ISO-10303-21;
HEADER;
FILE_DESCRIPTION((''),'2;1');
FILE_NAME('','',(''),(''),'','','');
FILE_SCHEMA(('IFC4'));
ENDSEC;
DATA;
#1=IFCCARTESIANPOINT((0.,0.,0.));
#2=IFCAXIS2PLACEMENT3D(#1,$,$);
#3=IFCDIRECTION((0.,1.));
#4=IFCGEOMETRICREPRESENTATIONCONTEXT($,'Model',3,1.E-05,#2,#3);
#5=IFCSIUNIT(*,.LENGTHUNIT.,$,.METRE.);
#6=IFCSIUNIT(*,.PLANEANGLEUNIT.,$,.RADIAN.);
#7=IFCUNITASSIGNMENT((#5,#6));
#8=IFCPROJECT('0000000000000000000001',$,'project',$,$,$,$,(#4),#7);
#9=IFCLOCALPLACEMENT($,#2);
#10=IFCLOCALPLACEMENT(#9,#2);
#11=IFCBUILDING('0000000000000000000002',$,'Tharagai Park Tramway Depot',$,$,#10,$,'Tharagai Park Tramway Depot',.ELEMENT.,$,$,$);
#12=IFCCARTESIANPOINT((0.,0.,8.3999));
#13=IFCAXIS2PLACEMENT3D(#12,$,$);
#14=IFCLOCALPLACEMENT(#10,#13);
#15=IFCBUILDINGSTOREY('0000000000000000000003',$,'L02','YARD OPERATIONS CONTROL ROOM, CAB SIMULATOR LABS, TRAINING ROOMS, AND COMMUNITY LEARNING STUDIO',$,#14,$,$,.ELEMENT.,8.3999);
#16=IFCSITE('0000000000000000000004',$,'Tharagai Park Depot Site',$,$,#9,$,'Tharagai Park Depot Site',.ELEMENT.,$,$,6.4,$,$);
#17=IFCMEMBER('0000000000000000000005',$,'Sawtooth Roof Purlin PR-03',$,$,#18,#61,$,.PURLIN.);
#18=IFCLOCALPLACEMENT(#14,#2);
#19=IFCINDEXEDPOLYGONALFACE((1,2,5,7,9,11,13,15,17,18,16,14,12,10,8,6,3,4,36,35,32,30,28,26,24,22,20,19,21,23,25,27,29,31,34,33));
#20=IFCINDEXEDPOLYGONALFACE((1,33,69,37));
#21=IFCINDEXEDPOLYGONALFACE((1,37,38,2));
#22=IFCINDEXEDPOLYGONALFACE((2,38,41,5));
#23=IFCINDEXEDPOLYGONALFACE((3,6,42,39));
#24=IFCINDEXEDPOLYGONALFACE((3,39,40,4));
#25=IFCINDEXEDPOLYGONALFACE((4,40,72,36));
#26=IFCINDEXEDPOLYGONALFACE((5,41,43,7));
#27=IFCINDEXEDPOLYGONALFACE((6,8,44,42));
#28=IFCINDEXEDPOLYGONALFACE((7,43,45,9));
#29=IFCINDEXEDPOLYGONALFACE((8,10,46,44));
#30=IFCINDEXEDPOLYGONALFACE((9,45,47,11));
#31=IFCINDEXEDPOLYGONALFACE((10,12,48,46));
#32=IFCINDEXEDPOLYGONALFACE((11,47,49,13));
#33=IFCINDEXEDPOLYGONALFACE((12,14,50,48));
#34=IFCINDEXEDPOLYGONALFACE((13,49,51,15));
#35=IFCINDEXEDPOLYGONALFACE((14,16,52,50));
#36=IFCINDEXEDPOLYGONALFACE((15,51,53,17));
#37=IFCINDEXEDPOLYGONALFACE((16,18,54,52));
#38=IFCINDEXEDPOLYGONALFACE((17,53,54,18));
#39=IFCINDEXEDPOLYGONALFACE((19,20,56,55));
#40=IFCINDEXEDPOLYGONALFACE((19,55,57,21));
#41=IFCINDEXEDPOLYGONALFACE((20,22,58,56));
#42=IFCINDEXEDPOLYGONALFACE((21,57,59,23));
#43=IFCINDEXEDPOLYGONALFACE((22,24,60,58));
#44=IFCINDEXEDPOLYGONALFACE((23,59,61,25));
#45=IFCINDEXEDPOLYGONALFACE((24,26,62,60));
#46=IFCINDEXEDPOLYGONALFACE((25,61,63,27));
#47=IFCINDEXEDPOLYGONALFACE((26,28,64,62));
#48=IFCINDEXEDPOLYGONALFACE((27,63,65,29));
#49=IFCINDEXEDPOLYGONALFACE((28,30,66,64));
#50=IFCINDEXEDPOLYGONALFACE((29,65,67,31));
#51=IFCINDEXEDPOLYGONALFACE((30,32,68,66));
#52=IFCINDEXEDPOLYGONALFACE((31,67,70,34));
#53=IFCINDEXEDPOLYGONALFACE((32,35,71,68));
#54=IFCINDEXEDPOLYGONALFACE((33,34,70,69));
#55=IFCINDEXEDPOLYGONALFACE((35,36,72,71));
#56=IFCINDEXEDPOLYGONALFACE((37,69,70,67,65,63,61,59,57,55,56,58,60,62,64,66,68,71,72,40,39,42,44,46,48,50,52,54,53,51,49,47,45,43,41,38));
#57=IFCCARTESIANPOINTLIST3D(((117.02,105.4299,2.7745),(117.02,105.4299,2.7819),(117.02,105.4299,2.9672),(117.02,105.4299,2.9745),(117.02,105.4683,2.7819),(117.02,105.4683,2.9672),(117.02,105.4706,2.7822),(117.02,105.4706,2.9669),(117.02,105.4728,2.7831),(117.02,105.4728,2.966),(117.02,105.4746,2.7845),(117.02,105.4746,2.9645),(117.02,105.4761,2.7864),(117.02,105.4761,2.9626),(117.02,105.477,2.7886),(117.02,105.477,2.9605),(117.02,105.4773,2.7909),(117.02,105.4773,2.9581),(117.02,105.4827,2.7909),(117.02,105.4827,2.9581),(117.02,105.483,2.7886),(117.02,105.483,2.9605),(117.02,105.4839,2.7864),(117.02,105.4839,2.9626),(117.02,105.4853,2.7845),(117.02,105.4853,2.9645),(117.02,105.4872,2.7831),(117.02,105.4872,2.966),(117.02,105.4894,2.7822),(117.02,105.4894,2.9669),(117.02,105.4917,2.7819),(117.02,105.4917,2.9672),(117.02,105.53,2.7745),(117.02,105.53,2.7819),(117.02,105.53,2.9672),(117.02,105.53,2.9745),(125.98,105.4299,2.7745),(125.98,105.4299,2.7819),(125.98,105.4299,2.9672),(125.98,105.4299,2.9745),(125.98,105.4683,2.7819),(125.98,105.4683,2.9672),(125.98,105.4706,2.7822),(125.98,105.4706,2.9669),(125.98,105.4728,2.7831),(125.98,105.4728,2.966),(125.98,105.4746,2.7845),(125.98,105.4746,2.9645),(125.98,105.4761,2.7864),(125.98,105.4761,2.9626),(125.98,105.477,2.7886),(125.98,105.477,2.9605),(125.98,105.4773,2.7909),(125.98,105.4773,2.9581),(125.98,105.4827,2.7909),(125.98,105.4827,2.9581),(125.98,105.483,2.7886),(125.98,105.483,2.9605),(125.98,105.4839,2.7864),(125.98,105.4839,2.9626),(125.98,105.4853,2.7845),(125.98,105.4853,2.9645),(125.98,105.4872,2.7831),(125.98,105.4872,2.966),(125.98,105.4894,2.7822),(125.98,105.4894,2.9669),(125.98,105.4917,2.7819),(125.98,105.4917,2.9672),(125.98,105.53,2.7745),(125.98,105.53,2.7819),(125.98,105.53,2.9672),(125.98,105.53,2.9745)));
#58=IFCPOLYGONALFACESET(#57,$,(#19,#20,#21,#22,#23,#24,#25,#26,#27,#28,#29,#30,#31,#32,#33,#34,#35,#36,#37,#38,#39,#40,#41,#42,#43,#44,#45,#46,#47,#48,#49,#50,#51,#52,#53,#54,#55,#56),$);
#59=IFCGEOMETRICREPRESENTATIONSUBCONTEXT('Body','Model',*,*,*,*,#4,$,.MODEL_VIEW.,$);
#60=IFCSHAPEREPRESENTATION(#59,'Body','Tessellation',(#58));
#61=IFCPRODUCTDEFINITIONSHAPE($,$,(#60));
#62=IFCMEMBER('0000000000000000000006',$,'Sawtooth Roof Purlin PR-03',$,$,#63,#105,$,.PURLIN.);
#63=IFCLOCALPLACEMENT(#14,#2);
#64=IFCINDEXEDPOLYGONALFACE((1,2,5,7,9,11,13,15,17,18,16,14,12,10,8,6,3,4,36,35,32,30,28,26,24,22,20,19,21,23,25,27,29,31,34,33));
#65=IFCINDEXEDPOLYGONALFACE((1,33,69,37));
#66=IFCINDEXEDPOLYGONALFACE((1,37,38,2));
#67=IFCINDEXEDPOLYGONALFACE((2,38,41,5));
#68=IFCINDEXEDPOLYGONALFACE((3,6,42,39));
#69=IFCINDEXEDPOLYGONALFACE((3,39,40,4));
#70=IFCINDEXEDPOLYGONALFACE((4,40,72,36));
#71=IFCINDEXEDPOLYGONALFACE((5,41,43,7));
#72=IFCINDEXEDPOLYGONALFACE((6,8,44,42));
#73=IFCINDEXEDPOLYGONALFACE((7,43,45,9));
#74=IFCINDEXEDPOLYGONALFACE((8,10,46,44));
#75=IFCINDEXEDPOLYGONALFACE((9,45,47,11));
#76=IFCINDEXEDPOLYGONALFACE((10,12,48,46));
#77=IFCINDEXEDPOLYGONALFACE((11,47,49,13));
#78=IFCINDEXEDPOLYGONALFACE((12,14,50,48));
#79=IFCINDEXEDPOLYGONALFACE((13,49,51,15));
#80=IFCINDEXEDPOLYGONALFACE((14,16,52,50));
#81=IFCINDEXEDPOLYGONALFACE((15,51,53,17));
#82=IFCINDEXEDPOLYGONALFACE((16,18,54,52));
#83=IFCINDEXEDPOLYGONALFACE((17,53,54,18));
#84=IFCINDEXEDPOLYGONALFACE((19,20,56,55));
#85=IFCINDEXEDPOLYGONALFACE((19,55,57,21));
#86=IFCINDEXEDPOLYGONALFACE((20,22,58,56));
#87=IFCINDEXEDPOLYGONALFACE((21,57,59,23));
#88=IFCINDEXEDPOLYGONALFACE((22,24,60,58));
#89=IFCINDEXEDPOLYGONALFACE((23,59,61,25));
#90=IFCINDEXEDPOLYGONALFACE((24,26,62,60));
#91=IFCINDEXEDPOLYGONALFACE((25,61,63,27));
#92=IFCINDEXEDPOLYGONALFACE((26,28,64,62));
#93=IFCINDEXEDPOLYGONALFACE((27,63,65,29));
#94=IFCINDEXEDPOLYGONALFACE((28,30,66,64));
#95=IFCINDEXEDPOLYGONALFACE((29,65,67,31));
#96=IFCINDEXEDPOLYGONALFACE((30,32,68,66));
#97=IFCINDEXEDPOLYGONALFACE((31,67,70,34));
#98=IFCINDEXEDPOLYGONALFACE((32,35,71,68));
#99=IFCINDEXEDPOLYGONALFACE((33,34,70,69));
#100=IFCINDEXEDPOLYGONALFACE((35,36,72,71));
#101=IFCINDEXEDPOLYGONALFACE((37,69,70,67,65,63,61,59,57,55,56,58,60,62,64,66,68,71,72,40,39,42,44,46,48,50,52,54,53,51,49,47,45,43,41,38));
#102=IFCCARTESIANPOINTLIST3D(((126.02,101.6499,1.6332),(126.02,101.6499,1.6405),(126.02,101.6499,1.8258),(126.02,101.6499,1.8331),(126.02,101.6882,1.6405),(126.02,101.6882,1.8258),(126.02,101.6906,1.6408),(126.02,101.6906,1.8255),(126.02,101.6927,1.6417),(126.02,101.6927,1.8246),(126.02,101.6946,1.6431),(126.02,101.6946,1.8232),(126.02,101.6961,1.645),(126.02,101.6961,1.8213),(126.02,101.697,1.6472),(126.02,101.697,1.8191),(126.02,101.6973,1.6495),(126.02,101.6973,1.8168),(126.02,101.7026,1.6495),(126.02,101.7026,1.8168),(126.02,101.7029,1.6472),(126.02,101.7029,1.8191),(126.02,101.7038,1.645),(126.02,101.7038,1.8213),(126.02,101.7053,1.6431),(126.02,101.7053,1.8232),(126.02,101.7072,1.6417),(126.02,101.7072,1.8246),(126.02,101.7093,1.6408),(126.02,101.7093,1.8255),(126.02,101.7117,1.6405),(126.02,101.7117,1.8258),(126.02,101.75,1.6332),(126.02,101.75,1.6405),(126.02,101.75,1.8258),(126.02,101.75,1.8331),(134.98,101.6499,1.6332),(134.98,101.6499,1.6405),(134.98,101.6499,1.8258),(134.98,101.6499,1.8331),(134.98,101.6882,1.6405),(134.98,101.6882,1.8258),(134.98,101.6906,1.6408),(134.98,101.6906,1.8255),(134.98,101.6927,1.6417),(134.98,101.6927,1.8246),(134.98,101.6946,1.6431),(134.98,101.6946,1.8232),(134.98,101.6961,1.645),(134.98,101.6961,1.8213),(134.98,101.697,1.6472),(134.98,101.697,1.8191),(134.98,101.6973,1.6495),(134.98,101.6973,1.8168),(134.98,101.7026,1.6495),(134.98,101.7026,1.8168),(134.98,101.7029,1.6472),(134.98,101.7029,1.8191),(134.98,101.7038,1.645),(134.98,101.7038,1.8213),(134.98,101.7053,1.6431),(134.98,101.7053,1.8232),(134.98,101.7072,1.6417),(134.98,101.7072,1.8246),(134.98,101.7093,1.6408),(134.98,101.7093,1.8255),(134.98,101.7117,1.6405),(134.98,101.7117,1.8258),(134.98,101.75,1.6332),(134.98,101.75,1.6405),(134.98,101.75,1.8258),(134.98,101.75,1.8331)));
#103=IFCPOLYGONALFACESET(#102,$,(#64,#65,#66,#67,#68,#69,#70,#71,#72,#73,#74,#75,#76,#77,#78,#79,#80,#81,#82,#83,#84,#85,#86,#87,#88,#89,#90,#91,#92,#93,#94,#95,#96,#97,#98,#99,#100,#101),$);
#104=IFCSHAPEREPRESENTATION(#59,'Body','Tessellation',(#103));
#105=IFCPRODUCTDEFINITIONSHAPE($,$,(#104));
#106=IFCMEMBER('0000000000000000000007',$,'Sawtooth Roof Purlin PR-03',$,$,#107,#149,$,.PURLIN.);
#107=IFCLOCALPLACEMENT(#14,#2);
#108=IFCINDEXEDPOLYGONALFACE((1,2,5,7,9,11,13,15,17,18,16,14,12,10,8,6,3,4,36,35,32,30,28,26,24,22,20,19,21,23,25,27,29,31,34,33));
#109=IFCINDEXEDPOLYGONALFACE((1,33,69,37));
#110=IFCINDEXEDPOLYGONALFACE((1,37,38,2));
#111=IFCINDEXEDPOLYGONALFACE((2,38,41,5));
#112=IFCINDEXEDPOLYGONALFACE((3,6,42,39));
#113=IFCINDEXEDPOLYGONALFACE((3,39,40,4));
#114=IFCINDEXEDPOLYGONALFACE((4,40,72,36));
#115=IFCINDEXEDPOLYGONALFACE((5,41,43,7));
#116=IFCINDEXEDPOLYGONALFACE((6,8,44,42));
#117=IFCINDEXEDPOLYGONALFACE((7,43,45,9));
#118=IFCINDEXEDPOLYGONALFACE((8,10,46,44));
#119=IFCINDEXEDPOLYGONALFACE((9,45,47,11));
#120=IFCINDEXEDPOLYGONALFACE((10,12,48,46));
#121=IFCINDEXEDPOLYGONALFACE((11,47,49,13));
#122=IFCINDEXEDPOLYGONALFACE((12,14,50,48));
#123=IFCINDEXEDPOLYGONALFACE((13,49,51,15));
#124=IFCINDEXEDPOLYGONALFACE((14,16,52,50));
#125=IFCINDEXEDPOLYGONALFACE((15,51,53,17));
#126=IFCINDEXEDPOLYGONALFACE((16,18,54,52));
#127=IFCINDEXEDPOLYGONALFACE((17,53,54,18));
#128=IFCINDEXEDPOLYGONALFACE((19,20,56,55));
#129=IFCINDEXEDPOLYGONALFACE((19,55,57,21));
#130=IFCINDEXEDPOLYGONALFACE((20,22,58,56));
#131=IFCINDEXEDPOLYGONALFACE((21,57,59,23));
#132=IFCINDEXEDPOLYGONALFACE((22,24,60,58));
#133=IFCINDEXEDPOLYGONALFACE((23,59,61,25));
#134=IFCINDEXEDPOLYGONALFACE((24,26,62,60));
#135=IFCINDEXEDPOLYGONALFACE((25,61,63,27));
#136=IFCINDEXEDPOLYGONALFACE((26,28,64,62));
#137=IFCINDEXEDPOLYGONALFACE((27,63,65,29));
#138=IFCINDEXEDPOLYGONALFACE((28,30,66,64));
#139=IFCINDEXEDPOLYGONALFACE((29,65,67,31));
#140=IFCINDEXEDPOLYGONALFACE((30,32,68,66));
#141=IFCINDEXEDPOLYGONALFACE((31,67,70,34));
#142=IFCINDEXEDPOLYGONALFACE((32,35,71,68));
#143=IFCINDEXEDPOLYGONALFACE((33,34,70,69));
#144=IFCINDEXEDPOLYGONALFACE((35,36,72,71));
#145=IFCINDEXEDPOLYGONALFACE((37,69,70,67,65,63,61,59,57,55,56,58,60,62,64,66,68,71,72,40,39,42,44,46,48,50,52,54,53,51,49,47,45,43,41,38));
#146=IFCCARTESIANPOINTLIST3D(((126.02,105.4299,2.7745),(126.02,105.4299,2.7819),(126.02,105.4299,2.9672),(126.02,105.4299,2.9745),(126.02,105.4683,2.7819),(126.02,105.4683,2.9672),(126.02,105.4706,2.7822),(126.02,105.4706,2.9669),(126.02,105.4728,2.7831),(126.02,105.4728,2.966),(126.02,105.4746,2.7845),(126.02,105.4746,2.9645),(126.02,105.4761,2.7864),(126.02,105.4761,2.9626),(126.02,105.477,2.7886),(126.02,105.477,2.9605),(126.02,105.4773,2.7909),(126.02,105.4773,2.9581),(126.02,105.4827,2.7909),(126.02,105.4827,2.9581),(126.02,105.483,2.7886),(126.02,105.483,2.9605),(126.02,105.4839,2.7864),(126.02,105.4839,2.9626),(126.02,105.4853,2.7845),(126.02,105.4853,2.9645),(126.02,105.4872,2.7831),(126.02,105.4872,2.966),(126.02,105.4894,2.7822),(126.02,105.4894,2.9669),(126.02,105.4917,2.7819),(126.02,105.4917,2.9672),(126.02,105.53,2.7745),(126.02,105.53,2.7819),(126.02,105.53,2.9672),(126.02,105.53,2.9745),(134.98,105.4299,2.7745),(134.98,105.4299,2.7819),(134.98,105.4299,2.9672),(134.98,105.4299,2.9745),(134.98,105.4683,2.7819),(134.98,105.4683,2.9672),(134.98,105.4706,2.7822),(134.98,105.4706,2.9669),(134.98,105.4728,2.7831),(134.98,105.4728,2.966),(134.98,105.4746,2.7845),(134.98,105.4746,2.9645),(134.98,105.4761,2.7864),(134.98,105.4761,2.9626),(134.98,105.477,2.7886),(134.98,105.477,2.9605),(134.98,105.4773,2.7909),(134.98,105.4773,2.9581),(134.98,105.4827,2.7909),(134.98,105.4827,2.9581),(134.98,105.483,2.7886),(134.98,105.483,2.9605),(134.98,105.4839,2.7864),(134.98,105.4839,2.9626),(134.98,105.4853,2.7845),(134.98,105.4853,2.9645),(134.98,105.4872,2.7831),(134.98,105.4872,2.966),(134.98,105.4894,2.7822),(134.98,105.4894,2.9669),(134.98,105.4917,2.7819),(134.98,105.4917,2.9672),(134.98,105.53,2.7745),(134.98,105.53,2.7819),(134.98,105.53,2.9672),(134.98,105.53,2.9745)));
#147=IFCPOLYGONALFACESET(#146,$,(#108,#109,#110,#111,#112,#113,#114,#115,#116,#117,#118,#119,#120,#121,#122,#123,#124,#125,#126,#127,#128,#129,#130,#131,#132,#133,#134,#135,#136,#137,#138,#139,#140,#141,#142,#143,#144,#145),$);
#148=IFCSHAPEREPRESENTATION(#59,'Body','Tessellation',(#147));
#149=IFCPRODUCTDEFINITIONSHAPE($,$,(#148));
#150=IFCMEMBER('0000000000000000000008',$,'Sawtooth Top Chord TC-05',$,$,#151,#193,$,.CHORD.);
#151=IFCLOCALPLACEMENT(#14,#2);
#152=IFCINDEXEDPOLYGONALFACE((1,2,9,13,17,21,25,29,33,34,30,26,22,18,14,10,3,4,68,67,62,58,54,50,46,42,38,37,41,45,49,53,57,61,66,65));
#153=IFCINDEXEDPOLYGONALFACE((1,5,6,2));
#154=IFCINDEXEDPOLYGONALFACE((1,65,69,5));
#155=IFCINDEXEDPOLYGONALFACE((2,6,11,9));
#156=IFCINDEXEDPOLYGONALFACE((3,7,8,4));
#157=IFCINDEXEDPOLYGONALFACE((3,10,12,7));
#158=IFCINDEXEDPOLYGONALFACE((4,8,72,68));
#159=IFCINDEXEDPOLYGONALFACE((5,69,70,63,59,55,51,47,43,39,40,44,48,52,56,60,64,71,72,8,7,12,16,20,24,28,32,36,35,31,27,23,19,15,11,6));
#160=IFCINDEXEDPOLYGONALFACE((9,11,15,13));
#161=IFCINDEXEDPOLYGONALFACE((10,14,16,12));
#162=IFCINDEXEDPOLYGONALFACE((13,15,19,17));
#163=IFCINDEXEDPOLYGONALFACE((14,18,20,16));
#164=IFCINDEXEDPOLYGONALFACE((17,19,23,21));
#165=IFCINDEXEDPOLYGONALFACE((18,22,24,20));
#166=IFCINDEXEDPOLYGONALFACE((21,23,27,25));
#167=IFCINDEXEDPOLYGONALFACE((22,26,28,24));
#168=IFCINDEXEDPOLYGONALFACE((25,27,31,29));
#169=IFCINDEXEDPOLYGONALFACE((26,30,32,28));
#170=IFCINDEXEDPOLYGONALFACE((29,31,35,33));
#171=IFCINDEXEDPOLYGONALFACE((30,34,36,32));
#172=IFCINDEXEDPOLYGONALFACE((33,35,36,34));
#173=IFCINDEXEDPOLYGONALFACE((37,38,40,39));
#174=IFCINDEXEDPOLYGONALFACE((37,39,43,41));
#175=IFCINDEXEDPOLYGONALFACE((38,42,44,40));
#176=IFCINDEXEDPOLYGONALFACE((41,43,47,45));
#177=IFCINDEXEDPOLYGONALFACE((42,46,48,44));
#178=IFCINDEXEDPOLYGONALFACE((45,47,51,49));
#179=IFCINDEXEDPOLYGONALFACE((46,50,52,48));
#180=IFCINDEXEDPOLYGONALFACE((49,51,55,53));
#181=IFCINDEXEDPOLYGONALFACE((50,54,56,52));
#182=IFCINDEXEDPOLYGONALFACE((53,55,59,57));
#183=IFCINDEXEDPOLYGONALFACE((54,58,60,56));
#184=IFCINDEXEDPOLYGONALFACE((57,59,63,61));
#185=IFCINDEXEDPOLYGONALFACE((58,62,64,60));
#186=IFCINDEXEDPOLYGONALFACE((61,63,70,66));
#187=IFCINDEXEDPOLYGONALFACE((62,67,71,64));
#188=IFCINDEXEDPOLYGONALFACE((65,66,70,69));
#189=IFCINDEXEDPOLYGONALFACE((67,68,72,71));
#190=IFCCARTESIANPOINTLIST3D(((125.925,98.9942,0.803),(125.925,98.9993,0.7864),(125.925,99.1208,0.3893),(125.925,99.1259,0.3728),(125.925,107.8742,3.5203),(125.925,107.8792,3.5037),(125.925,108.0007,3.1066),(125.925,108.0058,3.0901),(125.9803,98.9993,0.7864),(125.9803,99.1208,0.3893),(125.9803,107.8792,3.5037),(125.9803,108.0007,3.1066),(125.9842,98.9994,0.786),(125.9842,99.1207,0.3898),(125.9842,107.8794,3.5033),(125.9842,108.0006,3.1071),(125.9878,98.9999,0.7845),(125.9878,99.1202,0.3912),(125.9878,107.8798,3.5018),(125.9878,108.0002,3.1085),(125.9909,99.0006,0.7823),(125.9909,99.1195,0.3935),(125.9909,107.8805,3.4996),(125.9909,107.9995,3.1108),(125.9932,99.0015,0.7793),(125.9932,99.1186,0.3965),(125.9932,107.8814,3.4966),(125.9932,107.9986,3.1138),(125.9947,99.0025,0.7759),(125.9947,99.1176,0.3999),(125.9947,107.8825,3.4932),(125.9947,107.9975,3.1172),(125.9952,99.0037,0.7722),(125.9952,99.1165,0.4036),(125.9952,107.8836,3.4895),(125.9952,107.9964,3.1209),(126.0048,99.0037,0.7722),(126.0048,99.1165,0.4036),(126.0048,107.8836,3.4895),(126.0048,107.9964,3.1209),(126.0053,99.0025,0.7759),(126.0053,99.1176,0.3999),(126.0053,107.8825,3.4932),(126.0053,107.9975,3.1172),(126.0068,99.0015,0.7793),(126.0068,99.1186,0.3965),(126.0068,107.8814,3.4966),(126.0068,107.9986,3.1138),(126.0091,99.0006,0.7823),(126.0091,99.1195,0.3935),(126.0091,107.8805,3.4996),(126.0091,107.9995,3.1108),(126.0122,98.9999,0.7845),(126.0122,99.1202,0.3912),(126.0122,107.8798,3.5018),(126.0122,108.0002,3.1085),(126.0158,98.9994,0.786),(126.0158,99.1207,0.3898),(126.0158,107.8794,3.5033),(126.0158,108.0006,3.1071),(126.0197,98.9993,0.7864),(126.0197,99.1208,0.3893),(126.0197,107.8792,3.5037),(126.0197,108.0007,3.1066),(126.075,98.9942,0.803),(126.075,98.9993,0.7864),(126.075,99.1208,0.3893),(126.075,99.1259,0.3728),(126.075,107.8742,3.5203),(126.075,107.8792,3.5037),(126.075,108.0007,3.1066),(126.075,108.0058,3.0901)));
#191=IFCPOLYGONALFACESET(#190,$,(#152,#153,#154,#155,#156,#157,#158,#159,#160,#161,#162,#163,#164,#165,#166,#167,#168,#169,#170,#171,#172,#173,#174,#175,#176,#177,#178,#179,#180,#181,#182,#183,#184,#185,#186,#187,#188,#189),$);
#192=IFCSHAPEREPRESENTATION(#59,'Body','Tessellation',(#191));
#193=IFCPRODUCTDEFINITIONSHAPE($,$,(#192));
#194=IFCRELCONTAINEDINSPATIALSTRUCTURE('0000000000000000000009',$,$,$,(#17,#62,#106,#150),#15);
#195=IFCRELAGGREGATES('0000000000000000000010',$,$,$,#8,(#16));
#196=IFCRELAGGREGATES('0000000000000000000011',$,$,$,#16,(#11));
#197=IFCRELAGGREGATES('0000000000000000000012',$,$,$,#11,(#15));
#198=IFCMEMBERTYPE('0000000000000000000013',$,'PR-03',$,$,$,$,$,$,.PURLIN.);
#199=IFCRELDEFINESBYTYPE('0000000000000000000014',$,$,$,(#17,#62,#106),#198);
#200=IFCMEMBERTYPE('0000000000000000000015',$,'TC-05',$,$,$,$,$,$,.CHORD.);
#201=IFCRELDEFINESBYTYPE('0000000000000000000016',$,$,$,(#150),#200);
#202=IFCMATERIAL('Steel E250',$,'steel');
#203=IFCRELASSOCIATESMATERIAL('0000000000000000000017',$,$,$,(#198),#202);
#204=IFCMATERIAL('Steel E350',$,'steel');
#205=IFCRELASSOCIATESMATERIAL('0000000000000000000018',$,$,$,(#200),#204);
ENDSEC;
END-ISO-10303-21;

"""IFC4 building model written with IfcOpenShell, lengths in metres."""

from ifc_helpers import new_model, si_unit, direction, frame, origin, origin_2d, place, context, subcontext, project, spatial, i_section, extrude, material, material_profile, profile_set, type_object, element, save


model = new_model("IFC4")

# Units and contexts
model_context = context("Model", 3, precision=1e-05, world=origin(), true_north=direction((0.0, 1.0)))
body_context = subcontext(model_context, "Body", "Model", "MODEL_VIEW")
ifc_project = project(units=[si_unit("LENGTHUNIT", "METRE"), si_unit("PLANEANGLEUNIT", "RADIAN")], contexts=[model_context])

# Site, building, storey
site_placement = place(None, origin())
site = spatial("IfcSite", under=ifc_project, at=site_placement, Name="Tharagai Park Depot Site", LongName="Tharagai Park Depot Site", CompositionType="ELEMENT", RefElevation=6.4)
building_placement = place(site_placement, origin())
building = spatial("IfcBuilding", under=site, at=building_placement, Name="Tharagai Park Tramway Depot", LongName="Tharagai Park Tramway Depot", CompositionType="ELEMENT")
storey_placement = place(building_placement, frame((0.0, 0.0, 8.3999)))
storey = spatial("IfcBuildingStorey", under=building, at=storey_placement, Name="L02", Description="YARD OPERATIONS CONTROL ROOM, CAB SIMULATOR LABS, TRAINING ROOMS, AND COMMUNITY LEARNING STUDIO", CompositionType="ELEMENT", Elevation=8.3999)

# Shared definitions
ifc_material_1 = material(Name="Steel E350", Category="steel")

# Members
ifc_material_2 = material(Name="Steel E250", Category="steel")
ifc_material_profile_1 = material_profile(ifc_material_2, i_section(OverallWidth=0.1001, OverallDepth=0.2, WebThickness=0.0054, FlangeThickness=0.0073, FilletRadius=0.009, at=origin_2d()), Name="ISLB 200")
ifc_profile_set_1 = profile_set([ifc_material_profile_1], Name="Steel E250")
member_type_1 = type_object("IfcMemberType", Name="PR-03", PredefinedType="PURLIN", material=ifc_profile_set_1)
for number, where, z_axis, x_axis, name in (
    (1, (117.02, 105.48, 2.8745), (1.0, 0.0, 0.0), (0.0, 1.0, 0.0), "Sawtooth Roof Purlin PR-03"),
    (2, (126.02, 101.7, 1.7332), (1.0, 0.0, 0.0), (0.0, 1.0, 0.0), "Sawtooth Roof Purlin PR-03"),
    (3, (126.02, 105.48, 2.8745), (1.0, 0.0, 0.0), (0.0, 1.0, 0.0), "Sawtooth Roof Purlin PR-03"),
):
    element("IfcMember", number, at=place(storey_placement, frame(where, z_axis=z_axis, x_axis=x_axis)), inside=storey, type_object=member_type_1, Name=name, PredefinedType="PURLIN", context=body_context, shape_type="SweptSolid", body=[
        extrude(i_section(OverallWidth=0.1001, OverallDepth=0.2, WebThickness=0.0054, FlangeThickness=0.0073, FilletRadius=0.009, at=origin_2d()), origin(), (0.0, 0.0, 1.0), 8.96),
    ])
ifc_material_profile_2 = material_profile(ifc_material_1, i_section(OverallWidth=0.1499, OverallDepth=0.45, WebThickness=0.0095, FlangeThickness=0.0173, FilletRadius=0.0149, at=origin_2d()), Name="ISMB 450")
ifc_profile_set_2 = profile_set([ifc_material_profile_2], Name="Steel E350")
member_type_2 = type_object("IfcMemberType", Name="TC-05", PredefinedType="CHORD", material=ifc_profile_set_2)
member_1_placement = place(storey_placement, frame((126.0, 99.0601, 0.5879), z_axis=(0.0, 0.956231, 0.292611), x_axis=(-1.0, 0.0, 0.0)))
element("IfcMember", 4, at=member_1_placement, inside=storey, type_object=member_type_2, Name="Sawtooth Top Chord TC-05", PredefinedType="CHORD", context=body_context, shape_type="SweptSolid", body=[
    extrude(i_section(OverallWidth=0.1499, OverallDepth=0.45, WebThickness=0.0095, FlangeThickness=0.0173, FilletRadius=0.0149, at=origin_2d()), origin(), (0.0, 0.0, 1.0), 9.2864),
])

save(model, "model.ifc")
